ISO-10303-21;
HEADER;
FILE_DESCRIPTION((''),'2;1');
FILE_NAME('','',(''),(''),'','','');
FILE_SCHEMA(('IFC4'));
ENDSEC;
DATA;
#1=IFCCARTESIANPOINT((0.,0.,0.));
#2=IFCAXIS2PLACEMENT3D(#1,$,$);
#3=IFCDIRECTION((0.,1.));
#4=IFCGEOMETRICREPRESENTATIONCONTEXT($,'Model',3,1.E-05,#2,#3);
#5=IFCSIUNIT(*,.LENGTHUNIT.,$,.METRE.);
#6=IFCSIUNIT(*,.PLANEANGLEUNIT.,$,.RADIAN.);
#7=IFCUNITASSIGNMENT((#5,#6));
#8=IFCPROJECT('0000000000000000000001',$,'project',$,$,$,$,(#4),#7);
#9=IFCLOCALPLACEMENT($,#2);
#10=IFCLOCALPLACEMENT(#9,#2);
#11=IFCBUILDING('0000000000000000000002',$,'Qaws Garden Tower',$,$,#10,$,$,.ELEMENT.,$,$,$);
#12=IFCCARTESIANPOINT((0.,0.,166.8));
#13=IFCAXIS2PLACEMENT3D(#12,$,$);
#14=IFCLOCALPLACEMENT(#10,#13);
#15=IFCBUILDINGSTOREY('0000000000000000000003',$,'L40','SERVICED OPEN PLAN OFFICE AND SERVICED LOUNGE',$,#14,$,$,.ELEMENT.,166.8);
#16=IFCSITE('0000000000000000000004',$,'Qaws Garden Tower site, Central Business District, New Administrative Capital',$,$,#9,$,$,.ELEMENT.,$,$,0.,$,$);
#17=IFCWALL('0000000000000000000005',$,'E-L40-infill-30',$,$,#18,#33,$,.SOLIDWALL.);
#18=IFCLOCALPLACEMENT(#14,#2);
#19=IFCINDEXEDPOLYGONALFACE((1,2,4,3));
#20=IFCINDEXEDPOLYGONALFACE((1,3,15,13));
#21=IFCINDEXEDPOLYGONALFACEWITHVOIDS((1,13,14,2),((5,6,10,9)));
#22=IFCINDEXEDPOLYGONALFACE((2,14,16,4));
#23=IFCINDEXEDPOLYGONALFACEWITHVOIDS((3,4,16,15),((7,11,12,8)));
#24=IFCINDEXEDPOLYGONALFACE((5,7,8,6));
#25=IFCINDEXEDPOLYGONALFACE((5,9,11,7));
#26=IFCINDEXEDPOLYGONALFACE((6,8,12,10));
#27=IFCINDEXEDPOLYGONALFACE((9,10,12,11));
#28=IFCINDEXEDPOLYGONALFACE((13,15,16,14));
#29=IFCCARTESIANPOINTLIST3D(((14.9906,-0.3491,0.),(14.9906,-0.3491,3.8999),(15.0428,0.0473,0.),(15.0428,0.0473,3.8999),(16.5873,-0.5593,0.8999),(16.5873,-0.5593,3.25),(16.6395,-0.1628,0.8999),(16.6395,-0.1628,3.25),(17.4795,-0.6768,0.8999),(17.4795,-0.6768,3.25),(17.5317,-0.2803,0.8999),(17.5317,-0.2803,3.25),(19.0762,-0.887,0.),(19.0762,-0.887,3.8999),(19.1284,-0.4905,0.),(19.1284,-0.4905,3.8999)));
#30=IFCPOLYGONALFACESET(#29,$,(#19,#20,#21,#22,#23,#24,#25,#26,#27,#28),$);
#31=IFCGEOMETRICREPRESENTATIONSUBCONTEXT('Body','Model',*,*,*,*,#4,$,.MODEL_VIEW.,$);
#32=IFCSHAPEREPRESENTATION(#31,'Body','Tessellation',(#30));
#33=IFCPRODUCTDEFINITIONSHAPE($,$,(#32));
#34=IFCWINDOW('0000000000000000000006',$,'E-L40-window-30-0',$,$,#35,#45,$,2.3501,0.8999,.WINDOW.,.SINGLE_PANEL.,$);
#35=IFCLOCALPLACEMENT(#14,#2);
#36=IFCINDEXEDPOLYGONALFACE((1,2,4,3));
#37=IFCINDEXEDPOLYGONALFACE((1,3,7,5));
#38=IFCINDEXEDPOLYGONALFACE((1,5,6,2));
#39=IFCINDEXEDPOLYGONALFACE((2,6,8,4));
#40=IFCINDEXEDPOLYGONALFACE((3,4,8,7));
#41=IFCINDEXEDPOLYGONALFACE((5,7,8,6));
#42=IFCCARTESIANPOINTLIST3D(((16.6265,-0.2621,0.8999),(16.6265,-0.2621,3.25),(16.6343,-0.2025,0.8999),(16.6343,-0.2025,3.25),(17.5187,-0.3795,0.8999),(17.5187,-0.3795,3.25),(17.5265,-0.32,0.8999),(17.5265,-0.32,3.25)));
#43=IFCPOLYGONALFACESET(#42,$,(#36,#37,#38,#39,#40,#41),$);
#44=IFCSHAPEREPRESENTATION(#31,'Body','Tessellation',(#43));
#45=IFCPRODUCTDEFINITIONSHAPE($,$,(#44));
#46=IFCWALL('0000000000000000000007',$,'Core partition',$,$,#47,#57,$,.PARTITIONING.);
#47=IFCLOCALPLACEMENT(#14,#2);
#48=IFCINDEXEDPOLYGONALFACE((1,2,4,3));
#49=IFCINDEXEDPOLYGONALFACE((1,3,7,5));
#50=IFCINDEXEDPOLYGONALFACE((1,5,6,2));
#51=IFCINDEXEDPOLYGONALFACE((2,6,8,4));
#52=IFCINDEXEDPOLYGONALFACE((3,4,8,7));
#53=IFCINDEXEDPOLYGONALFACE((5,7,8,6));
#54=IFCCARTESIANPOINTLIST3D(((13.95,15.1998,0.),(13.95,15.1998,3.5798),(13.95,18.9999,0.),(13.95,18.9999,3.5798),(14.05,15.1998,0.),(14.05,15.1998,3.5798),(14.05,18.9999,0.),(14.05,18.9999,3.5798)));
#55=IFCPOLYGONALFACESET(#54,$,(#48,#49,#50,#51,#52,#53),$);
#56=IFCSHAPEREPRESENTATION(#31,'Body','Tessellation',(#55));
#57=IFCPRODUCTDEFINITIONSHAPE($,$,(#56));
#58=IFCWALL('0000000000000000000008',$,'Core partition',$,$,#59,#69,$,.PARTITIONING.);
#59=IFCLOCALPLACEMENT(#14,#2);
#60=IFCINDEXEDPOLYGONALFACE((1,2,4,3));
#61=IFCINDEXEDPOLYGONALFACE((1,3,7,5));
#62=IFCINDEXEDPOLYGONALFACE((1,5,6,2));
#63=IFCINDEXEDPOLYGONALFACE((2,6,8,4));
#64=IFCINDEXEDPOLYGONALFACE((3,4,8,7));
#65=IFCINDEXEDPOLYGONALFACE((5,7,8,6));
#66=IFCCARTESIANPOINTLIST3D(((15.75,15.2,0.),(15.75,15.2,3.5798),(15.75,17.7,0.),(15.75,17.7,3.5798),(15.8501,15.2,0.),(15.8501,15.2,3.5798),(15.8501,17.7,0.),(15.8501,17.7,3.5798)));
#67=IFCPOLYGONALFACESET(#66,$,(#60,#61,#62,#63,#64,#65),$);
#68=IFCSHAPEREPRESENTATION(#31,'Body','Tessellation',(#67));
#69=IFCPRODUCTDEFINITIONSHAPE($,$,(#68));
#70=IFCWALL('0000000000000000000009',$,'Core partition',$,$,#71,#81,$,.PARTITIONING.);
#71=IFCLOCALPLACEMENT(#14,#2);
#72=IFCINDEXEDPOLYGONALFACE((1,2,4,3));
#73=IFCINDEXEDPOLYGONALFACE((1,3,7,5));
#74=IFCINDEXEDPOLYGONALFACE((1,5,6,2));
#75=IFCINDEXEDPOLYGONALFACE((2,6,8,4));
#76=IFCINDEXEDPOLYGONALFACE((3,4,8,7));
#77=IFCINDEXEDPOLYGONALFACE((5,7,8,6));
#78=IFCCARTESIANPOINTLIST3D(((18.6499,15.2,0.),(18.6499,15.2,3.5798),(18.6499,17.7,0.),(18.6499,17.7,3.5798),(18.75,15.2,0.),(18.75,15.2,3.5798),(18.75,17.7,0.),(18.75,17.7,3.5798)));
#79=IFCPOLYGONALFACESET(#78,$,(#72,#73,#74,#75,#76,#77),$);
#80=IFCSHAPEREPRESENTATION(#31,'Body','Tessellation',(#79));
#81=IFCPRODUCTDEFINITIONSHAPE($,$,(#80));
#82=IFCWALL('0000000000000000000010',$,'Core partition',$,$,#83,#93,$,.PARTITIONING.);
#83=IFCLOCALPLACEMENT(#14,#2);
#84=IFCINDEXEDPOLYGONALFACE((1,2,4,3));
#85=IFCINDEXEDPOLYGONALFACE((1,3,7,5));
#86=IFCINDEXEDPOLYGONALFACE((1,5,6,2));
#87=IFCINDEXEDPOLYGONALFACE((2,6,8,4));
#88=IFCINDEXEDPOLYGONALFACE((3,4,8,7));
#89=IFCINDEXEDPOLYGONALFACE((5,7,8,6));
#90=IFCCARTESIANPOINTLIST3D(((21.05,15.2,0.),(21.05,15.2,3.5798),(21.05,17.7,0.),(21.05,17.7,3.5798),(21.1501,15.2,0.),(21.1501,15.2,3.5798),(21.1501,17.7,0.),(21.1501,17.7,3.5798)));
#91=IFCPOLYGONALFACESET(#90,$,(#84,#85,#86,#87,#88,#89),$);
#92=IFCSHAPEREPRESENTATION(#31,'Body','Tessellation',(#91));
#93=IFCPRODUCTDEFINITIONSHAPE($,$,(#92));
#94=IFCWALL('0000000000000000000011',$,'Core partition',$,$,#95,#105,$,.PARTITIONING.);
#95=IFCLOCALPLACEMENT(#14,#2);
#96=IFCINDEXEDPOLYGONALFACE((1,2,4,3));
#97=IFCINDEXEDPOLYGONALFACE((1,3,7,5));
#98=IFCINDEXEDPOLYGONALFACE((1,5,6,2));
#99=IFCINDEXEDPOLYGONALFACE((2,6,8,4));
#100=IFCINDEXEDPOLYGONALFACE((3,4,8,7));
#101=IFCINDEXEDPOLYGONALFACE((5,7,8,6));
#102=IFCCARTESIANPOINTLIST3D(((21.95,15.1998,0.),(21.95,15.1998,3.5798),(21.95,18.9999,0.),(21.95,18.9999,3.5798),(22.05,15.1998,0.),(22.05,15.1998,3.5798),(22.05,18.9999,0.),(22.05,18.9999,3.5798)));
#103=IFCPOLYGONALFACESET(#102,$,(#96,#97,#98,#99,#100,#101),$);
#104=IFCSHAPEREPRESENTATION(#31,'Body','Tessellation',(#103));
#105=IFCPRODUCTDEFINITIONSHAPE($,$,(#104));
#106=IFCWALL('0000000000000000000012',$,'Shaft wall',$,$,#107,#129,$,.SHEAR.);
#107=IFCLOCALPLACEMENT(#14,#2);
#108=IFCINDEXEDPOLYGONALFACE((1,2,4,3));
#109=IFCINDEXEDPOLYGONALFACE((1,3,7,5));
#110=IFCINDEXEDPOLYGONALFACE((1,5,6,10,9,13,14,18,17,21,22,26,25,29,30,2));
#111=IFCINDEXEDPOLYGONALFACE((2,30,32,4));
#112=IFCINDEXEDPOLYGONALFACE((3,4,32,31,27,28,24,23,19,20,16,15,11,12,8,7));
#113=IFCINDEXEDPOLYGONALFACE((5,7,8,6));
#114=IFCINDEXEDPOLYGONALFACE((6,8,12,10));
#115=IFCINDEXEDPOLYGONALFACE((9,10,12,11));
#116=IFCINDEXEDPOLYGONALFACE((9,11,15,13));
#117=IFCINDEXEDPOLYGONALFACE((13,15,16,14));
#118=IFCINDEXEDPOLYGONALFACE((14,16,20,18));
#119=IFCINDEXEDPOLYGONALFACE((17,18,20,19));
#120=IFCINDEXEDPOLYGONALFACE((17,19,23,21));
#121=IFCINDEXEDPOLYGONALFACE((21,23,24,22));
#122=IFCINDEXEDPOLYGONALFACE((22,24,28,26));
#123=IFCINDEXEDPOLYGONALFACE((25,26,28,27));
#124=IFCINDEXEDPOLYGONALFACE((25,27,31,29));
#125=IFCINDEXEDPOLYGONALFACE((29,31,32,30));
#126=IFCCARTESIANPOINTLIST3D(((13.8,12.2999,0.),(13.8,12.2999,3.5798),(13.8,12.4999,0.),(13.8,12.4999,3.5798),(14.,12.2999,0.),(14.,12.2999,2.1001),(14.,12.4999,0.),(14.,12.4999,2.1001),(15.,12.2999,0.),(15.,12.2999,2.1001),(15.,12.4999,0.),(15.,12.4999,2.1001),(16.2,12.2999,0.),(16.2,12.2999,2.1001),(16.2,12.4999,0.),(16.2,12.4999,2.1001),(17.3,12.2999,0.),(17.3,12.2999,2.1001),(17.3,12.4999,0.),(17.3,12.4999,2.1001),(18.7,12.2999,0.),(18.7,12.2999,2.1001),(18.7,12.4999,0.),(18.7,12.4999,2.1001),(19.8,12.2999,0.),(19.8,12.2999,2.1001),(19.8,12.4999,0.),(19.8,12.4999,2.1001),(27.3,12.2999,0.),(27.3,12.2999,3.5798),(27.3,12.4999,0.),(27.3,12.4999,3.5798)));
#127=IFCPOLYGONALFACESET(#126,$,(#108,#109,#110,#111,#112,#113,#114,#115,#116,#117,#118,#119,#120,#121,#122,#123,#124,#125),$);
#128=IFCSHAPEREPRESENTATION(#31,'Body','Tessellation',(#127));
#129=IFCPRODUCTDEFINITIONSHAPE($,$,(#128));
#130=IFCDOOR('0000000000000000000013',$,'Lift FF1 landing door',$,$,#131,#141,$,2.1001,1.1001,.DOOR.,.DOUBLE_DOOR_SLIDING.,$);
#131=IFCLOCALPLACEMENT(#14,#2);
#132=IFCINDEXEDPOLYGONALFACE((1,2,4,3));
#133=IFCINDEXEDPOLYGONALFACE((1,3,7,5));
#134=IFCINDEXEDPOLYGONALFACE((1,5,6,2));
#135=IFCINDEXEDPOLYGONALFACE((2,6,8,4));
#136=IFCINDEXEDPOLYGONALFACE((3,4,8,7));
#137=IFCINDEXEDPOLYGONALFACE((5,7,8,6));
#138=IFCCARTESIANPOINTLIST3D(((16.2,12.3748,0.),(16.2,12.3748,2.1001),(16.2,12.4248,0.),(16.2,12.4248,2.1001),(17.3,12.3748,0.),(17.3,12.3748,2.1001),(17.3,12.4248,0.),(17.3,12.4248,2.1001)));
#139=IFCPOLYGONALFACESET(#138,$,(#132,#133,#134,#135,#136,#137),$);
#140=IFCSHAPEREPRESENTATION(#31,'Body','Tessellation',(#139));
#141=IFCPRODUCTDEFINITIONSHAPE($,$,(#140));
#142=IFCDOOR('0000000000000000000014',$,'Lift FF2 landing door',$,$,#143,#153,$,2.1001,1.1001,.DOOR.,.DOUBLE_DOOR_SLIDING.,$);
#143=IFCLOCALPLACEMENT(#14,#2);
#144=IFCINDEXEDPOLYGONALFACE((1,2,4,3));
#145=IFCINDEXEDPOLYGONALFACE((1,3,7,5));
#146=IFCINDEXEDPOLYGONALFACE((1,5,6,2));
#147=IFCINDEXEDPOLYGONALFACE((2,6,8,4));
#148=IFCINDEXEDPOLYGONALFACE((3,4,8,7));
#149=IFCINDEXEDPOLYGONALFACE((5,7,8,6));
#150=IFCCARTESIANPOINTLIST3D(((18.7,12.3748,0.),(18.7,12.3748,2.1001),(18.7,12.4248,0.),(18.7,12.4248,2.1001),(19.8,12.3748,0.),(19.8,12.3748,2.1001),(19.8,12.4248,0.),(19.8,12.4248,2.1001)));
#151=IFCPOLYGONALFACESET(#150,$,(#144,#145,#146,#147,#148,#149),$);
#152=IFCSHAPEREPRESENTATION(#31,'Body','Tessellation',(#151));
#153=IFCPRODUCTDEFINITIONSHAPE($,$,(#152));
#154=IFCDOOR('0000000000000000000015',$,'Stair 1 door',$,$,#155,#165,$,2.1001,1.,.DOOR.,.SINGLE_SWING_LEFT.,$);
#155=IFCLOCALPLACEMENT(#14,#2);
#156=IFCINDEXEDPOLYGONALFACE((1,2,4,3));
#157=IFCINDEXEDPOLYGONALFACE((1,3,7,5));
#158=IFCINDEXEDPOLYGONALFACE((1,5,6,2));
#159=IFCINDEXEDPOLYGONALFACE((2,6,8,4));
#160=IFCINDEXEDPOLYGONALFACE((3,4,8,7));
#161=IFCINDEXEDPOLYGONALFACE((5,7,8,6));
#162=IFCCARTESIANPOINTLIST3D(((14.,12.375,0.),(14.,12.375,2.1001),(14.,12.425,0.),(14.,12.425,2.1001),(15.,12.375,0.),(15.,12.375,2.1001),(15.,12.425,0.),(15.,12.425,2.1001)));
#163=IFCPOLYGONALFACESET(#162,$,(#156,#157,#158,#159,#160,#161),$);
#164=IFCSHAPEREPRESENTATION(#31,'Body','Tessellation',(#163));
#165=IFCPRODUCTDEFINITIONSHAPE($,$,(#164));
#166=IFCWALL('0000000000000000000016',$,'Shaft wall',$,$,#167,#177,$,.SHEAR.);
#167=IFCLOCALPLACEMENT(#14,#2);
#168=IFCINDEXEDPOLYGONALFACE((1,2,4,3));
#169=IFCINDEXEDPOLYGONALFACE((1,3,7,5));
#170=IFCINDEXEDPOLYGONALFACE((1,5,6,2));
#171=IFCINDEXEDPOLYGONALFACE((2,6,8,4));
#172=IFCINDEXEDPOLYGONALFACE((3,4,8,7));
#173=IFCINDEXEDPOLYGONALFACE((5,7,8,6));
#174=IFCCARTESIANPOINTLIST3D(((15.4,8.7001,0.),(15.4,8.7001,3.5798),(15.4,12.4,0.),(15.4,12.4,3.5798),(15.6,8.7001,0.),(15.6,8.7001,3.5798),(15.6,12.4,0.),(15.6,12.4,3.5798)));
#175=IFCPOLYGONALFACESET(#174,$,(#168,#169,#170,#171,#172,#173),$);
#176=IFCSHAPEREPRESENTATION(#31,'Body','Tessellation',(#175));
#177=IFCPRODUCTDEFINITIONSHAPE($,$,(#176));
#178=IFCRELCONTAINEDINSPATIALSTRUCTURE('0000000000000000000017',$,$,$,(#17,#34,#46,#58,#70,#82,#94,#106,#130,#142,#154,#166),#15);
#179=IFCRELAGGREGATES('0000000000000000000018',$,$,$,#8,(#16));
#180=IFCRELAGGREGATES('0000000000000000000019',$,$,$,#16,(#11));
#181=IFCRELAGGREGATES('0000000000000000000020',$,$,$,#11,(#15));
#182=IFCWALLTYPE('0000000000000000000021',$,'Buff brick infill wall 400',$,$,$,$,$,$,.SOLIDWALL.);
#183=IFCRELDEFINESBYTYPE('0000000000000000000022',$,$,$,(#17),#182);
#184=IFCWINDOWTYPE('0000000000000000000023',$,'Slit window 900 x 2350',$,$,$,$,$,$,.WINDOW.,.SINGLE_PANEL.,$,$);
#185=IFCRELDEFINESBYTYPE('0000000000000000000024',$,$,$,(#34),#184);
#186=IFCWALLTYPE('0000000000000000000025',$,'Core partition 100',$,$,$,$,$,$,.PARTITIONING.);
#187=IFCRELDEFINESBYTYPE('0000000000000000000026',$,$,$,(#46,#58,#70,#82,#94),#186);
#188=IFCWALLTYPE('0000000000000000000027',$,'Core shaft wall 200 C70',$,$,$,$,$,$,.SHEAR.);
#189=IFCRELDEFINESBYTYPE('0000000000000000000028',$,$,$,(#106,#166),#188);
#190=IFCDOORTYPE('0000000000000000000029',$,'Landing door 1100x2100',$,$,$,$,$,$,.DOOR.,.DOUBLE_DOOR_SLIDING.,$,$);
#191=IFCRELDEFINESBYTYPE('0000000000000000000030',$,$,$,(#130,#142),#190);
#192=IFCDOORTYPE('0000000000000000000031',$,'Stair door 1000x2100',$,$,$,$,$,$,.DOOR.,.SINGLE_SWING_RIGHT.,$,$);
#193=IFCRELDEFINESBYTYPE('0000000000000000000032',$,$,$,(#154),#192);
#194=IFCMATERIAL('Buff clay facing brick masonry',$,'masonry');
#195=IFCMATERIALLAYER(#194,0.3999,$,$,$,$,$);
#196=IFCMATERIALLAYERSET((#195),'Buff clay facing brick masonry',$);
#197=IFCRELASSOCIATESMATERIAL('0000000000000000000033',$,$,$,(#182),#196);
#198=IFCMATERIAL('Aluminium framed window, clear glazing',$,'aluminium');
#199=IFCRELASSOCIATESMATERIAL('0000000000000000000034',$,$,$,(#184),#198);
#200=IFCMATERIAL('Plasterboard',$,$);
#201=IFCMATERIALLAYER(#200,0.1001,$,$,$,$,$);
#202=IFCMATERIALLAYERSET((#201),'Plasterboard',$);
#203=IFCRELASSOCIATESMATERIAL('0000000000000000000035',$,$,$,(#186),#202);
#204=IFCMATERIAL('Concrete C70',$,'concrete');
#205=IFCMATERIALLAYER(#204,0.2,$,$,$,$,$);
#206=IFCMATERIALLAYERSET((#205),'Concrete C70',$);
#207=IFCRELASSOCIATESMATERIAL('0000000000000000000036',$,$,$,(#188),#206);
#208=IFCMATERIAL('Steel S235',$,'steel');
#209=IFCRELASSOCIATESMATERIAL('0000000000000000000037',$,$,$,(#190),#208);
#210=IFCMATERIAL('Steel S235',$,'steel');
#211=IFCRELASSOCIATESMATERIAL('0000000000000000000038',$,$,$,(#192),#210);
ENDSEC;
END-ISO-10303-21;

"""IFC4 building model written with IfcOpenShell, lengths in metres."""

from ifc_helpers import new_model, si_unit, direction, frame, frame_2d, origin, place, context, subcontext, project, spatial, rectangle, extrude, material, layer, layer_set, type_object, element, fill, save


model = new_model("IFC4")

# Units and contexts
model_context = context("Model", 3, precision=1e-05, world=origin(), true_north=direction((0.0, 1.0)))
body_context = subcontext(model_context, "Body", "Model", "MODEL_VIEW")
ifc_project = project(units=[si_unit("LENGTHUNIT", "METRE"), si_unit("PLANEANGLEUNIT", "RADIAN")], contexts=[model_context])

# Site, building, storey
site_placement = place(None, origin())
site = spatial("IfcSite", under=ifc_project, at=site_placement, Name="Qaws Garden Tower site, Central Business District, New Administrative Capital", CompositionType="ELEMENT", RefElevation=0.0)
building_placement = place(site_placement, origin())
building = spatial("IfcBuilding", under=site, at=building_placement, Name="Qaws Garden Tower", CompositionType="ELEMENT")
storey_placement = place(building_placement, frame((0.0, 0.0, 166.8)))
storey = spatial("IfcBuildingStorey", under=building, at=storey_placement, Name="L40", Description="SERVICED OPEN PLAN OFFICE AND SERVICED LOUNGE", CompositionType="ELEMENT", Elevation=166.8)

# Shared definitions
ifc_material_1 = material(Name="Buff clay facing brick masonry", Category="masonry")
ifc_layer_1 = layer(ifc_material_1, 0.3999)
ifc_layer_set_1 = layer_set([ifc_layer_1], Name="Buff clay facing brick masonry")
wall_type_1 = type_object("IfcWallType", Name="Buff brick infill wall 400", PredefinedType="SOLIDWALL", material=ifc_layer_set_1)
ifc_material_2 = material(Name="Aluminium framed window, clear glazing", Category="aluminium")
window_type = type_object("IfcWindowType", Name="Slit window 900 x 2350", PartitioningType="SINGLE_PANEL", PredefinedType="WINDOW", material=ifc_material_2)

# Wall, opening, window
wall_1_placement = place(storey_placement, frame((15.0166, -0.1509, 0.0), z_axis=(0.0, 0.0, 1.0), x_axis=(0.991446, -0.130514, 0.0)))
wall_1 = element("IfcWall", 1, at=wall_1_placement, inside=storey, type_object=wall_type_1, Name="E-L40-infill-30", PredefinedType="SOLIDWALL", context=body_context, shape_type="SweptSolid", body=[
    extrude(rectangle(XDim=4.1208, YDim=0.3999, at=frame_2d((2.0605, 0.0))), origin(), (0.0, 0.0, 1.0), 3.8999),
])
opening_1_placement = place(wall_1_placement, frame((1.6106, 0.0, 0.8999)))
opening_1 = element("IfcOpeningElement", 2, at=opening_1_placement, cuts=wall_1, PredefinedType="OPENING", context=body_context, shape_type="SweptSolid", body=[
    extrude(rectangle(XDim=0.8999, YDim=2.3501, at=frame_2d((0.45, 1.175))), frame((0.0, 0.21, 0.0), z_axis=(0.0, -1.0, 0.0), x_axis=(1.0, 0.0, 0.0)), (0.0, 0.0, 1.0), 0.4199),
])
window_1_placement = place(opening_1_placement, origin())
window_1 = element("IfcWindow", 3, at=window_1_placement, inside=storey, type_object=window_type, Name="E-L40-window-30-0", OverallHeight=2.3501, OverallWidth=0.8999, PartitioningType="SINGLE_PANEL", PredefinedType="WINDOW", context=body_context, shape_type="SweptSolid", body=[
    extrude(rectangle(XDim=0.8999, YDim=2.3501, at=frame_2d((0.45, 1.175))), frame((0.0, 0.1599, 0.0), z_axis=(0.0, -1.0, 0.0), x_axis=(1.0, 0.0, 0.0)), (0.0, 0.0, 1.0), 0.0601),
])
fill(opening_1, window_1)

# Walls
ifc_material_3 = material(Name="Plasterboard")
ifc_layer_2 = layer(ifc_material_3, 0.1001)
ifc_layer_set_2 = layer_set([ifc_layer_2], Name="Plasterboard")
wall_type_2 = type_object("IfcWallType", Name="Core partition 100", PredefinedType="PARTITIONING", material=ifc_layer_set_2)
wall_2_placement = place(storey_placement, frame((14.0, 15.2, 0.0), z_axis=(0.0, 0.0, 1.0), x_axis=(0.0, 1.0, 0.0)))
element("IfcWall", 4, at=wall_2_placement, inside=storey, type_object=wall_type_2, Name="Core partition", PredefinedType="PARTITIONING", context=body_context, shape_type="SweptSolid", body=[
    extrude(rectangle(XDim=3.8, YDim=0.1001, at=frame_2d((1.8999, 0.0))), origin(), (0.0, 0.0, 1.0), 3.5798),
])
for number, where, z_axis, x_axis, name in (
    (5, (15.8, 15.2, 0.0), (0.0, 0.0, 1.0), (0.0, 1.0, 0.0), "Core partition"),
    (6, (18.7, 15.2, 0.0), (0.0, 0.0, 1.0), (0.0, 1.0, 0.0), "Core partition"),
    (7, (21.1001, 15.2, 0.0), (0.0, 0.0, 1.0), (0.0, 1.0, 0.0), "Core partition"),
):
    element("IfcWall", number, at=place(storey_placement, frame(where, z_axis=z_axis, x_axis=x_axis)), inside=storey, type_object=wall_type_2, Name=name, PredefinedType="PARTITIONING", context=body_context, shape_type="SweptSolid", body=[
        extrude(rectangle(XDim=2.5, YDim=0.1001, at=frame_2d((1.25, 0.0))), origin(), (0.0, 0.0, 1.0), 3.5798),
    ])
wall_3_placement = place(storey_placement, frame((22.0, 15.2, 0.0), z_axis=(0.0, 0.0, 1.0), x_axis=(0.0, 1.0, 0.0)))
element("IfcWall", 8, at=wall_3_placement, inside=storey, type_object=wall_type_2, Name="Core partition", PredefinedType="PARTITIONING", context=body_context, shape_type="SweptSolid", body=[
    extrude(rectangle(XDim=3.8, YDim=0.1001, at=frame_2d((1.8999, 0.0))), origin(), (0.0, 0.0, 1.0), 3.5798),
])

# Wall, openings, doors
ifc_material_4 = material(Name="Concrete C70", Category="concrete")
ifc_layer_3 = layer(ifc_material_4, 0.2)
ifc_layer_set_3 = layer_set([ifc_layer_3], Name="Concrete C70")
wall_type_3 = type_object("IfcWallType", Name="Core shaft wall 200 C70", PredefinedType="SHEAR", material=ifc_layer_set_3)
wall_4_placement = place(storey_placement, frame((13.8, 12.3999, 0.0), z_axis=(0.0, 0.0, 1.0), x_axis=(1.0, 0.0, 0.0)))
wall_4 = element("IfcWall", 9, at=wall_4_placement, inside=storey, type_object=wall_type_3, Name="Shaft wall", PredefinedType="SHEAR", context=body_context, shape_type="SweptSolid", body=[
    extrude(rectangle(XDim=13.5, YDim=0.2, at=frame_2d((6.75, 0.0))), origin(), (0.0, 0.0, 1.0), 3.5798),
])
opening_2_placement = place(wall_4_placement, frame((2.3999, 0.0, 0.0)))
opening_2 = element("IfcOpeningElement", 10, at=opening_2_placement, cuts=wall_4, PredefinedType="OPENING", context=body_context, shape_type="SweptSolid", body=[
    extrude(rectangle(XDim=1.1001, YDim=2.1001, at=frame_2d((0.55, 1.05))), frame((0.0, 0.1099, 0.0), z_axis=(0.0, -1.0, 0.0), x_axis=(1.0, 0.0, 0.0)), (0.0, 0.0, 1.0), 0.22),
])
opening_3_placement = place(wall_4_placement, frame((4.8999, 0.0, 0.0)))
opening_3 = element("IfcOpeningElement", 11, at=opening_3_placement, cuts=wall_4, PredefinedType="OPENING", context=body_context, shape_type="SweptSolid", body=[
    extrude(rectangle(XDim=1.1001, YDim=2.1001, at=frame_2d((0.55, 1.05))), frame((0.0, 0.1099, 0.0), z_axis=(0.0, -1.0, 0.0), x_axis=(1.0, 0.0, 0.0)), (0.0, 0.0, 1.0), 0.22),
])
opening_4_placement = place(wall_4_placement, frame((0.2, 0.0, 0.0)))
opening_4 = element("IfcOpeningElement", 12, at=opening_4_placement, cuts=wall_4, PredefinedType="OPENING", context=body_context, shape_type="SweptSolid", body=[
    extrude(rectangle(XDim=1.0, YDim=2.1001, at=frame_2d((0.5, 1.05))), frame((0.0, 0.1099, 0.0), z_axis=(0.0, -1.0, 0.0), x_axis=(1.0, 0.0, 0.0)), (0.0, 0.0, 1.0), 0.22),
])
ifc_material_5 = material(Name="Steel S235", Category="steel")
door_type_1 = type_object("IfcDoorType", Name="Landing door 1100x2100", OperationType="DOUBLE_DOOR_SLIDING", PredefinedType="DOOR", material=ifc_material_5)
door_1_placement = place(opening_2_placement, origin())
door_1 = element("IfcDoor", 13, at=door_1_placement, inside=storey, type_object=door_type_1, Name="Lift FF1 landing door", OperationType="DOUBLE_DOOR_SLIDING", OverallHeight=2.1001, OverallWidth=1.1001, PredefinedType="DOOR", context=body_context, shape_type="SweptSolid", body=[
    extrude(rectangle(XDim=1.1001, YDim=2.1001, at=frame_2d((0.55, 1.05))), frame((0.0, 0.0249, 0.0), z_axis=(0.0, -1.0, 0.0), x_axis=(1.0, 0.0, 0.0)), (0.0, 0.0, 1.0), 0.05),
])
fill(opening_2, door_1)
door_2_placement = place(opening_3_placement, origin())
door_2 = element("IfcDoor", 14, at=door_2_placement, inside=storey, type_object=door_type_1, Name="Lift FF2 landing door", OperationType="DOUBLE_DOOR_SLIDING", OverallHeight=2.1001, OverallWidth=1.1001, PredefinedType="DOOR", context=body_context, shape_type="SweptSolid", body=[
    extrude(rectangle(XDim=1.1001, YDim=2.1001, at=frame_2d((0.55, 1.05))), frame((0.0, 0.0249, 0.0), z_axis=(0.0, -1.0, 0.0), x_axis=(1.0, 0.0, 0.0)), (0.0, 0.0, 1.0), 0.05),
])
fill(opening_3, door_2)
ifc_material_6 = material(Name="Steel S235", Category="steel")
door_type_2 = type_object("IfcDoorType", Name="Stair door 1000x2100", OperationType="SINGLE_SWING_RIGHT", PredefinedType="DOOR", material=ifc_material_6)
door_3_placement = place(opening_4_placement, frame((1.0, 0.0, 0.0), z_axis=(0.0, 0.0, 1.0), x_axis=(-1.0, 0.0, 0.0)))
door_3 = element("IfcDoor", 15, at=door_3_placement, inside=storey, type_object=door_type_2, Name="Stair 1 door", OperationType="SINGLE_SWING_LEFT", OverallHeight=2.1001, OverallWidth=1.0, PredefinedType="DOOR", context=body_context, shape_type="SweptSolid", body=[
    extrude(rectangle(XDim=1.0, YDim=2.1001, at=frame_2d((0.5, 1.05))), frame((0.0, 0.0249, 0.0), z_axis=(0.0, -1.0, 0.0), x_axis=(1.0, 0.0, 0.0)), (0.0, 0.0, 1.0), 0.05),
])
fill(opening_4, door_3)

# Wall
for number, where, z_axis, x_axis, name in (
    (16, (15.5, 8.7, 0.0), (0.0, 0.0, 1.0), (0.0, 1.0, 0.0), "Shaft wall"),
):
    element("IfcWall", number, at=place(storey_placement, frame(where, z_axis=z_axis, x_axis=x_axis)), inside=storey, type_object=wall_type_3, Name=name, PredefinedType="SHEAR", context=body_context, shape_type="SweptSolid", body=[
        extrude(rectangle(XDim=3.7, YDim=0.2, at=frame_2d((1.8501, 0.0))), origin(), (0.0, 0.0, 1.0), 3.5798),
    ])

save(model, "model.ifc")
